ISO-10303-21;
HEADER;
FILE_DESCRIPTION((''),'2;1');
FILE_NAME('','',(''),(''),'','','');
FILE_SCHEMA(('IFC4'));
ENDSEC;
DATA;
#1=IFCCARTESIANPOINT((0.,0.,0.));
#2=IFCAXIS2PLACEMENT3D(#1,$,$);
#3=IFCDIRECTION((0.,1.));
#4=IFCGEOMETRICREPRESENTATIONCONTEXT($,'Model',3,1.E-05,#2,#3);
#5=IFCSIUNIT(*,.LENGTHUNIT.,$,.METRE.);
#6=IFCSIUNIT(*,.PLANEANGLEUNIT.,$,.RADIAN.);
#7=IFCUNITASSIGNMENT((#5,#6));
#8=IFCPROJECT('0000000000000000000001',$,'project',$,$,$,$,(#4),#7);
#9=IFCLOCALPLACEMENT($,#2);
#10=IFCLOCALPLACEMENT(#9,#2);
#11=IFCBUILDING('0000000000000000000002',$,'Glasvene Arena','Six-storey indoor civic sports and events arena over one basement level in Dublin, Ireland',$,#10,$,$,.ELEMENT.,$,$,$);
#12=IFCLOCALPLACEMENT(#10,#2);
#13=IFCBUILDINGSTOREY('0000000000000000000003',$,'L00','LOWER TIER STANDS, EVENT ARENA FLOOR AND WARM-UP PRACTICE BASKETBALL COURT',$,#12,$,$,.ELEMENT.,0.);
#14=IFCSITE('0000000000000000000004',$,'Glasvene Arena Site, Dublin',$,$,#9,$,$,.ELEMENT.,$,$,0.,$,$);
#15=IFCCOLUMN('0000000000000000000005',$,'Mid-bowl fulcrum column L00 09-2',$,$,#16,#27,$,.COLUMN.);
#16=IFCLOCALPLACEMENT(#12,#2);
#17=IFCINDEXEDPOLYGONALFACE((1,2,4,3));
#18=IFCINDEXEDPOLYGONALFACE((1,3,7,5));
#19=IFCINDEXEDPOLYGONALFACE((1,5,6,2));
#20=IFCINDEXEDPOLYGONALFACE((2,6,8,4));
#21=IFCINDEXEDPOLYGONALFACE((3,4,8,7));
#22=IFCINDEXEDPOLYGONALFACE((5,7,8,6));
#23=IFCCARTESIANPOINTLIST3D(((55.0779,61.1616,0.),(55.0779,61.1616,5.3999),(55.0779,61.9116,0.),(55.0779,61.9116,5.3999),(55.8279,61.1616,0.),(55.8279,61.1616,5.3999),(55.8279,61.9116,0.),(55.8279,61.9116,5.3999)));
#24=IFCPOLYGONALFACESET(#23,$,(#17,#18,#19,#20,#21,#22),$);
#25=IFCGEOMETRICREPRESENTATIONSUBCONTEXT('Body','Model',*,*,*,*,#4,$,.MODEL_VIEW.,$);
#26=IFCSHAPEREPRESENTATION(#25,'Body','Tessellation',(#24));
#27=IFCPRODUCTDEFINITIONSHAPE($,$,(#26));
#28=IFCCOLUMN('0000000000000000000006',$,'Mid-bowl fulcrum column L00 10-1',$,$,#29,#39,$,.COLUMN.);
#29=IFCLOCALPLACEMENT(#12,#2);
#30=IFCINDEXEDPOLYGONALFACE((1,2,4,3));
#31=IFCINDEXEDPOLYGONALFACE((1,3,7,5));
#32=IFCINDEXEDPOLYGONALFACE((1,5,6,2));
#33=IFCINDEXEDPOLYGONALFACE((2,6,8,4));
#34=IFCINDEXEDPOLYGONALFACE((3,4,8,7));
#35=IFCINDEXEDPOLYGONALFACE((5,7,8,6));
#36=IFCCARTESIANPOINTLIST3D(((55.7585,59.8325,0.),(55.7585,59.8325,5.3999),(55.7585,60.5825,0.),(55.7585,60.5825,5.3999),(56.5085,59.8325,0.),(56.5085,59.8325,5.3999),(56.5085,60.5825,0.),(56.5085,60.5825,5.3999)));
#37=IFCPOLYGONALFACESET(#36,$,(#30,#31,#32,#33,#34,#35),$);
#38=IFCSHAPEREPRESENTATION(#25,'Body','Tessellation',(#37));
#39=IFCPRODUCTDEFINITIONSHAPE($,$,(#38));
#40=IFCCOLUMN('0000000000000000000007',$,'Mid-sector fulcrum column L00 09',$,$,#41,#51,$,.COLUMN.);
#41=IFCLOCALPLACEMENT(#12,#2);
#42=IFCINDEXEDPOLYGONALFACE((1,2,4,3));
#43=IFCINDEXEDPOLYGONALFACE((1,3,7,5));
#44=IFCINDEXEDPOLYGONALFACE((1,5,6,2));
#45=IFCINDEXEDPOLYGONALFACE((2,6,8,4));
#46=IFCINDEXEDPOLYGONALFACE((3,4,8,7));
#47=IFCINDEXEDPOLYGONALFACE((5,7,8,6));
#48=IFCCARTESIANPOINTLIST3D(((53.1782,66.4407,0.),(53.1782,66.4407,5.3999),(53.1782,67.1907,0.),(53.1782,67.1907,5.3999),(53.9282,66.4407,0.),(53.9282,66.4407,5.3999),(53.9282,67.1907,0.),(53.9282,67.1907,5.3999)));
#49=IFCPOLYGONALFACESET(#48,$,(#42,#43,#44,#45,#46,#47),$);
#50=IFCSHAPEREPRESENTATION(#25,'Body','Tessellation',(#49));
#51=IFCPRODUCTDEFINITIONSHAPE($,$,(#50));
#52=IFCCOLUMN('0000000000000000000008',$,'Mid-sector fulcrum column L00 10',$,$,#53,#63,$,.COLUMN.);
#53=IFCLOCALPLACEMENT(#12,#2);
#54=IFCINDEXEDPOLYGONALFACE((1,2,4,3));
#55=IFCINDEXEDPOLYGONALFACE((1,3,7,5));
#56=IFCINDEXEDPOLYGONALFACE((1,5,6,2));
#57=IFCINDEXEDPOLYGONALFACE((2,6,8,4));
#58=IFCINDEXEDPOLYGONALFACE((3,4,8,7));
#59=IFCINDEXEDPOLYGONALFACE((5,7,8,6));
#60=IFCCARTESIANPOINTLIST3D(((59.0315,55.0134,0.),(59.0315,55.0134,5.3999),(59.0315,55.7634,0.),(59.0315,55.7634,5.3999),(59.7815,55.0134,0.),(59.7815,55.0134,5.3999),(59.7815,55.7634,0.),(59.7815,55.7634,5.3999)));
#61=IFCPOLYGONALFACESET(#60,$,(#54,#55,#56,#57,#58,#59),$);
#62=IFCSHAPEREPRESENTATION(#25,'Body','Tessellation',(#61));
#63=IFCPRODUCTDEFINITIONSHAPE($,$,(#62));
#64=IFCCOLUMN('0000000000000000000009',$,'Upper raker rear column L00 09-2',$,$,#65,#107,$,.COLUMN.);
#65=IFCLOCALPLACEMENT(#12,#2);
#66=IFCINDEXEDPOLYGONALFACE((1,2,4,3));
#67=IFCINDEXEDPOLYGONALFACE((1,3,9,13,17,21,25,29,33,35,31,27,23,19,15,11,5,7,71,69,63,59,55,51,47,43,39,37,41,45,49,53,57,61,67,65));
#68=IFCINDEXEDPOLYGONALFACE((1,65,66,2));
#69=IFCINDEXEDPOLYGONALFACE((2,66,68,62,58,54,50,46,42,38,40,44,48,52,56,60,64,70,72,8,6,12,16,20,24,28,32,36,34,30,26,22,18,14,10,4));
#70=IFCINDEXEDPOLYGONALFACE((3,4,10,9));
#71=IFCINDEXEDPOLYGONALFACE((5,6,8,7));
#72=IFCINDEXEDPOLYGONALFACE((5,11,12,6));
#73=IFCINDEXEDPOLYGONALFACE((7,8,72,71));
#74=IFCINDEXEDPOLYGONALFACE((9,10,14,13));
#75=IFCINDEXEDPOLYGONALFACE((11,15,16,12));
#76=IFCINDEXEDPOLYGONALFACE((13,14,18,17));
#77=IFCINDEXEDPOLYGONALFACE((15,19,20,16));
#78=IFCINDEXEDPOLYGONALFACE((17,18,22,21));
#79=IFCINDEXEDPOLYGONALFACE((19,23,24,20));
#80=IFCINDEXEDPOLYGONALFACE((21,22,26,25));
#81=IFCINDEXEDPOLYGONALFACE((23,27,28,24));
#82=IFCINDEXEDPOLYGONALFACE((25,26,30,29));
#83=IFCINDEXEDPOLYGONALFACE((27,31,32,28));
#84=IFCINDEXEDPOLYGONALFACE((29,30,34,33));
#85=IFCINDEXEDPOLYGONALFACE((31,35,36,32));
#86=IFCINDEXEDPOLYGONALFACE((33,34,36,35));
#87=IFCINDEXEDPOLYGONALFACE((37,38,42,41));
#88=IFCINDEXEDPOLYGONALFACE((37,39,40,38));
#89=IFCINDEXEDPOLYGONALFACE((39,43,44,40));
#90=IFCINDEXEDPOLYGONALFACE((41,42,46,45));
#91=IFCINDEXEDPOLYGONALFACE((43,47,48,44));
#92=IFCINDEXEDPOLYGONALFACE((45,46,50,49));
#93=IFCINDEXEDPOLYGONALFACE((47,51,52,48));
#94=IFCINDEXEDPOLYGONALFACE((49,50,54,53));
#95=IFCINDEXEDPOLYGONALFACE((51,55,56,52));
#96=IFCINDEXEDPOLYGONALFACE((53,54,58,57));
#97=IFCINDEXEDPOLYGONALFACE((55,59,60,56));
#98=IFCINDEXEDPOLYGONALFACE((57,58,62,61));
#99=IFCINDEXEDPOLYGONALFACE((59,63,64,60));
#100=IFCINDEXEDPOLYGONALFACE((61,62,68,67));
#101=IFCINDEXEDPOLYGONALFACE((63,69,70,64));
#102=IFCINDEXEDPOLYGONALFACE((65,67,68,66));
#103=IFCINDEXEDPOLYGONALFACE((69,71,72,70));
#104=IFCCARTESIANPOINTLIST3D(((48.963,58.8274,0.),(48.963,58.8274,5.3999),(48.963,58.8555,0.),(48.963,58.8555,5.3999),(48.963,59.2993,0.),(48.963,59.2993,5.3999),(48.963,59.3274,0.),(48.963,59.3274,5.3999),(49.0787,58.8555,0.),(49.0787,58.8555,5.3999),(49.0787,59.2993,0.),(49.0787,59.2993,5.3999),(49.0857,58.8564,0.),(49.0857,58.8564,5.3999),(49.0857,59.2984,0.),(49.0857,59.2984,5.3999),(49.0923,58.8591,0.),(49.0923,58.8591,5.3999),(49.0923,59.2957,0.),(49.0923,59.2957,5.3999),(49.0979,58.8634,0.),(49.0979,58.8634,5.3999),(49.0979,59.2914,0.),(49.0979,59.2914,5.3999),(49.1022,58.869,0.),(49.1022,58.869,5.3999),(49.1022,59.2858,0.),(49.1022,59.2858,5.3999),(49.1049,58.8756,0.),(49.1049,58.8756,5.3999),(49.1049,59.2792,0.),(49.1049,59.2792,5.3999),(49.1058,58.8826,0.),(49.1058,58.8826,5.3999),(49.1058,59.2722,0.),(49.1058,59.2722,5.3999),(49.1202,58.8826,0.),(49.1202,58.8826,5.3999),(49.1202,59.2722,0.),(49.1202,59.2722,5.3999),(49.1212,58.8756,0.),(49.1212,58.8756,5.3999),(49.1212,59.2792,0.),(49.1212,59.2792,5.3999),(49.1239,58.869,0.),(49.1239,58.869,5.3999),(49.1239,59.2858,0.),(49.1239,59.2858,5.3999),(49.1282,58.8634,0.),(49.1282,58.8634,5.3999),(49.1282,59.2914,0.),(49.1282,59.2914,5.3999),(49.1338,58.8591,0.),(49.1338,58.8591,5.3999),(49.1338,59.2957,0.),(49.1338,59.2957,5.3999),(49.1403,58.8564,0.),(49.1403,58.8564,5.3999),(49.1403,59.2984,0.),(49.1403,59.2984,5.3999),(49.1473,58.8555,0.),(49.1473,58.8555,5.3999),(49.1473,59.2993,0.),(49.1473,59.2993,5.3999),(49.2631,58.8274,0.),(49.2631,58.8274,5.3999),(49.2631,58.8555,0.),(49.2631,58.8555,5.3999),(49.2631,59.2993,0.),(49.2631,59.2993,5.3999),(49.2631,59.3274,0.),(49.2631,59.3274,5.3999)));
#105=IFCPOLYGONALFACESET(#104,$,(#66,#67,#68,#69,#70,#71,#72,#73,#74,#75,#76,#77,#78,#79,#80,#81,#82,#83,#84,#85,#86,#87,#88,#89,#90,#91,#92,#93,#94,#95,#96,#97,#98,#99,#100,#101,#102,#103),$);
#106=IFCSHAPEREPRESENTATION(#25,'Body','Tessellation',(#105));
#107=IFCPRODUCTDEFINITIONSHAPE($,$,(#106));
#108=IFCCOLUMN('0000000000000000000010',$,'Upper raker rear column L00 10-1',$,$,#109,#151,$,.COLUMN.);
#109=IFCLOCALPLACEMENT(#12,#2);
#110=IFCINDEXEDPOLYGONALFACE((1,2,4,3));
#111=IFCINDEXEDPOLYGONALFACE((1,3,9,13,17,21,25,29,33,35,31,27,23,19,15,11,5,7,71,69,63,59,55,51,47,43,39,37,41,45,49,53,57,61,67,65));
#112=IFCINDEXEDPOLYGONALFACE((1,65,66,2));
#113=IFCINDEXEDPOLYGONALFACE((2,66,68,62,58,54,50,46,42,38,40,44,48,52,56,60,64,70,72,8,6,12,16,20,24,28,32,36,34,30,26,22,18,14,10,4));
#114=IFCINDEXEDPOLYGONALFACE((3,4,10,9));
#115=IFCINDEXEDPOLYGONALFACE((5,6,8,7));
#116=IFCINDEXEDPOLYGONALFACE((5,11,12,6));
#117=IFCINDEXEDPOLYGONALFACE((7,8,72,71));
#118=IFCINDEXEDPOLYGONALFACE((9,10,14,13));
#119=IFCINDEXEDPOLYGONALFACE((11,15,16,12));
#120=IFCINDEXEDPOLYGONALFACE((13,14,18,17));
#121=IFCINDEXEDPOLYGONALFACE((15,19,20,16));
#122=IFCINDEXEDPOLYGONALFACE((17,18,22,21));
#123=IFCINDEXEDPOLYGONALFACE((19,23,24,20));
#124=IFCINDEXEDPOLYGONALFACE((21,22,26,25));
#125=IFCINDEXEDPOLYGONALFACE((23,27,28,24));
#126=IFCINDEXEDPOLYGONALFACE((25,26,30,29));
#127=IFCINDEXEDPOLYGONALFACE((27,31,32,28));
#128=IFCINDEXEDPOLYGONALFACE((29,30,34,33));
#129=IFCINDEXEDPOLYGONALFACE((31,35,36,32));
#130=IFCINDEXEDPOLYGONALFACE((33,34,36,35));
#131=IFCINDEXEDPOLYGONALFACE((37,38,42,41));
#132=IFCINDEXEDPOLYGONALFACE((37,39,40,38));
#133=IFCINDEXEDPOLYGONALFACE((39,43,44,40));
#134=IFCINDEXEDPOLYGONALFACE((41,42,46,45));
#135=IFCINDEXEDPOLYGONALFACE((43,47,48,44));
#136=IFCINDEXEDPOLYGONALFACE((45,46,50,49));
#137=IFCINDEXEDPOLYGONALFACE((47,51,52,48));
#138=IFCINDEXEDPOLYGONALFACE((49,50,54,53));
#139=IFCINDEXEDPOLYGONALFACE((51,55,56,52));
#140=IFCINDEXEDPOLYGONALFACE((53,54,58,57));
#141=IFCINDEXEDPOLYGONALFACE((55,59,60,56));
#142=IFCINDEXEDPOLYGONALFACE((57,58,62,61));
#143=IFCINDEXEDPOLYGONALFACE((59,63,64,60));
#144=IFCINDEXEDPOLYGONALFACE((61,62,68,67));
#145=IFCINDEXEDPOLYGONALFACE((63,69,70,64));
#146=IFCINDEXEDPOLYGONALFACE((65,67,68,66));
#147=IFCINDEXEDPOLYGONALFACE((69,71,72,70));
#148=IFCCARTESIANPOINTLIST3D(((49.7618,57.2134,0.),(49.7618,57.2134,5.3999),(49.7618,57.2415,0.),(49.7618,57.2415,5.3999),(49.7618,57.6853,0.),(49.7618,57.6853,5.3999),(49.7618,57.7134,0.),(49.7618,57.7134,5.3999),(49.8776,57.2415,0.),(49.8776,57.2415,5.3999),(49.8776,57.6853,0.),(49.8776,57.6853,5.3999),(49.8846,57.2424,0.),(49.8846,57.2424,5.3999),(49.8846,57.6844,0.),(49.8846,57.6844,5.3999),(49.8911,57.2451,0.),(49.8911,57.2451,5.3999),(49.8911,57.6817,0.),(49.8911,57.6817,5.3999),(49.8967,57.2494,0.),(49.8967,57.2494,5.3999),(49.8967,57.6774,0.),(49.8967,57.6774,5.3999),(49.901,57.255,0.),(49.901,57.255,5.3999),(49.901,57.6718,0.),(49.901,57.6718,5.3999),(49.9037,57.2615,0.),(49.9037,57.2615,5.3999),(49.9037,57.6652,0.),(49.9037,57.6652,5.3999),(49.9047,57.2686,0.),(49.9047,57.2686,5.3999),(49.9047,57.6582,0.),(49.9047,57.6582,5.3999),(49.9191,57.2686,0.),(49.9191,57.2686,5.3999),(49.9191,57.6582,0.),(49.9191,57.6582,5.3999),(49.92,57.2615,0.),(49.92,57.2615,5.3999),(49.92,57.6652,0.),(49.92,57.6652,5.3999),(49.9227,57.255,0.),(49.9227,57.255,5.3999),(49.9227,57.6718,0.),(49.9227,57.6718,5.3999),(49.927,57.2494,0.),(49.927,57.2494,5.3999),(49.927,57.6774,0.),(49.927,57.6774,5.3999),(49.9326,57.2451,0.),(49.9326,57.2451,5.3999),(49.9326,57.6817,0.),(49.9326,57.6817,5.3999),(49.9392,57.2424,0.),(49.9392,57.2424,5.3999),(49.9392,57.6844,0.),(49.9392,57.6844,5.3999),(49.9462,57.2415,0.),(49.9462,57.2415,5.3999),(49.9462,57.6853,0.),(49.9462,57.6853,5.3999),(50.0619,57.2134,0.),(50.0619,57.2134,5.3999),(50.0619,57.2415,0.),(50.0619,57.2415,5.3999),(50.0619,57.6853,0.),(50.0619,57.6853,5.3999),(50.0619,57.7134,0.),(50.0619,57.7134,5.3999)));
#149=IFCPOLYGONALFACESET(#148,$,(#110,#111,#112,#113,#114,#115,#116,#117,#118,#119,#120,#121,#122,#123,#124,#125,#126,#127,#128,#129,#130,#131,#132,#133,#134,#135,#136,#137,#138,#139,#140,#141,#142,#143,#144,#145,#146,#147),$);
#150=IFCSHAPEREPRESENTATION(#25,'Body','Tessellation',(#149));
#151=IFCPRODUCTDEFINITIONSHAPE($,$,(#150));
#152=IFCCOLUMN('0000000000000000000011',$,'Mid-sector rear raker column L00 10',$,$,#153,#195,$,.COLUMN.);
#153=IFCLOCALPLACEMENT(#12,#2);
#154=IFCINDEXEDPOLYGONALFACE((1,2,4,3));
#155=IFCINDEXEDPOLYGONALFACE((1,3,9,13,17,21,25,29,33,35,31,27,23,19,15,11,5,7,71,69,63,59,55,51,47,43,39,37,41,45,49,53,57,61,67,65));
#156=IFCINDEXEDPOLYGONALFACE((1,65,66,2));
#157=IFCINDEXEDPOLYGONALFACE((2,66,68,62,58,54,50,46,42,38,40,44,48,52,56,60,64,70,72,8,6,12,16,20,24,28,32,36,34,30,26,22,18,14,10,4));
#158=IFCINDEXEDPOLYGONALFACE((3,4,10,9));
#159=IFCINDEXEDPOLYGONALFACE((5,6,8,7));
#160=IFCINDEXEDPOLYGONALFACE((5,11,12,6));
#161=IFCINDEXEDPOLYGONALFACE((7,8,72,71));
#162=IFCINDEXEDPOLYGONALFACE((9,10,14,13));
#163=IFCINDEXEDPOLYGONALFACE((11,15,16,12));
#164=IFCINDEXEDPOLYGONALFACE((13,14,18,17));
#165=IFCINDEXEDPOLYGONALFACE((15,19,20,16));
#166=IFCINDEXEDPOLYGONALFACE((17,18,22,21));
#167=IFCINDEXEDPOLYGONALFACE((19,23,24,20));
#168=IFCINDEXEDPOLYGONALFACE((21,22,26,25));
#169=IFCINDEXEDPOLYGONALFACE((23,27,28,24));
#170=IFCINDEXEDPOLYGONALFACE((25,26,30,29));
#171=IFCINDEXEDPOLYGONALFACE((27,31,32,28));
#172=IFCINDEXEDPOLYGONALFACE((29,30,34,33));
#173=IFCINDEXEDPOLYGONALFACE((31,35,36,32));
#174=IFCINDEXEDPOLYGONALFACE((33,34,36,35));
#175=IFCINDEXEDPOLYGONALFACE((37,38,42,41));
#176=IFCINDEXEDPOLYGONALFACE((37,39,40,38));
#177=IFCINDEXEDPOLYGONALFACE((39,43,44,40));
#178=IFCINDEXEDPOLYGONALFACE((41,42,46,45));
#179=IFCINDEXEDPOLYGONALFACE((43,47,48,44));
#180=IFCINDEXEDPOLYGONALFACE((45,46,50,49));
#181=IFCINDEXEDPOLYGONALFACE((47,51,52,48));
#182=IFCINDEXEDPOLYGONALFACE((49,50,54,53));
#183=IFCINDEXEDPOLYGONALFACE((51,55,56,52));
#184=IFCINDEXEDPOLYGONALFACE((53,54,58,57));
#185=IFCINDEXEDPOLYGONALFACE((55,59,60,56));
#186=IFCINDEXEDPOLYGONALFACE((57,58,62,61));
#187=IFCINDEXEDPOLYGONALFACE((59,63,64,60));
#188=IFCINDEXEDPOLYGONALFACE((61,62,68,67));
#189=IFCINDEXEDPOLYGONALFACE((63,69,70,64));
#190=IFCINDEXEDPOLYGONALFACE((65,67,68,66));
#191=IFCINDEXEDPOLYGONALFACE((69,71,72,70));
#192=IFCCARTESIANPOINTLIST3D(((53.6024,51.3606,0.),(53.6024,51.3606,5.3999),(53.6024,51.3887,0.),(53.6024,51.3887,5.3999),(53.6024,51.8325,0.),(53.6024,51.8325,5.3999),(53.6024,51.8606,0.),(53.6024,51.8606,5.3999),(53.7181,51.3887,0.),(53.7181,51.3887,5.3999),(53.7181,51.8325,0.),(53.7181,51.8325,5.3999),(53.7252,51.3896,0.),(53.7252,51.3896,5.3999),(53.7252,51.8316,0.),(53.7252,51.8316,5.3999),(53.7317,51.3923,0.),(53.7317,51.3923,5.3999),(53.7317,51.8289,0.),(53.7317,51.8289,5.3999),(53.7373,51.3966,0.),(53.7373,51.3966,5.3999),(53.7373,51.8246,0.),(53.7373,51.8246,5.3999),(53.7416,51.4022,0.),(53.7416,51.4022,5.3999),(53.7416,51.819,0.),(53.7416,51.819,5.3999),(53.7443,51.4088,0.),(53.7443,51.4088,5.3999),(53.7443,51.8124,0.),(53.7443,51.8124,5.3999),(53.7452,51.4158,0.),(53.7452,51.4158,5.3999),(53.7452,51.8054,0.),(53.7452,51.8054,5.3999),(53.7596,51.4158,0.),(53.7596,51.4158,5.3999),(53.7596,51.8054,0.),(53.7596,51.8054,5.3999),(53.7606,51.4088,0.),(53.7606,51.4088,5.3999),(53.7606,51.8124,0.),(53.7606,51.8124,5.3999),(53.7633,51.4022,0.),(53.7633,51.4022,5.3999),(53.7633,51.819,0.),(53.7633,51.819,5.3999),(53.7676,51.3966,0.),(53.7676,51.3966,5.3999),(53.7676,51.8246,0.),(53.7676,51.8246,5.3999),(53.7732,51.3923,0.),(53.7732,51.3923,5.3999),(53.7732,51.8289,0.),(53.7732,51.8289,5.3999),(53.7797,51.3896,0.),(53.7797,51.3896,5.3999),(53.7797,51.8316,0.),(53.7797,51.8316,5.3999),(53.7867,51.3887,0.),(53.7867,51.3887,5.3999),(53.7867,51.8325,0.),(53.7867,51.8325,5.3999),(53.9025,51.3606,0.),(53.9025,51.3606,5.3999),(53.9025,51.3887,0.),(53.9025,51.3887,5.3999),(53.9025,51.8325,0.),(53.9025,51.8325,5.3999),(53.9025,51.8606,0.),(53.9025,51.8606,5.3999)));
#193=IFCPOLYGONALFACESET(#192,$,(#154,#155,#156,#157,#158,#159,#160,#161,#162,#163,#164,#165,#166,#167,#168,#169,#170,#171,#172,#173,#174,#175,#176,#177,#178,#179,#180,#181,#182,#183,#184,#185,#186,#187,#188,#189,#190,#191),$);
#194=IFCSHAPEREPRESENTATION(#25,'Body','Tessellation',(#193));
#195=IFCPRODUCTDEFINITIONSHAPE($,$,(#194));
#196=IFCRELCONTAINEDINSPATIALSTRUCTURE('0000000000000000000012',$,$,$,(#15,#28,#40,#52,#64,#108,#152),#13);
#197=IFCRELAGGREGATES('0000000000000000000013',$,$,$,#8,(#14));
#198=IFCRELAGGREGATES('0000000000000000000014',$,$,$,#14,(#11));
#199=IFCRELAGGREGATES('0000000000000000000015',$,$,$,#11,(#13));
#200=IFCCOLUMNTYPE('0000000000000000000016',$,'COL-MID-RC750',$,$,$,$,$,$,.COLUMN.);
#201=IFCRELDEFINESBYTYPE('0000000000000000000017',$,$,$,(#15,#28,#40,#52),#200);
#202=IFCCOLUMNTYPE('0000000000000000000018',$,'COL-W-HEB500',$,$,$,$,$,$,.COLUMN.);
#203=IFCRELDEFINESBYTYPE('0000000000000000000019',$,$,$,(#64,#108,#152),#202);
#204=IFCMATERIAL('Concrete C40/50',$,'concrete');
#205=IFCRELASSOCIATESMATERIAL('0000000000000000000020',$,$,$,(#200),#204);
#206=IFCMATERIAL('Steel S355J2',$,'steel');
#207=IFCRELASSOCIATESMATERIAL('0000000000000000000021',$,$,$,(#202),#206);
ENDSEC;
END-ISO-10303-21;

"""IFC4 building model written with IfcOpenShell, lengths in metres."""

from ifc_helpers import new_model, si_unit, direction, frame, origin, origin_2d, place, context, subcontext, project, spatial, rectangle, i_section, extrude, material, material_profile, profile_set, type_object, element, save


model = new_model("IFC4")

# Units and contexts
model_context = context("Model", 3, precision=1e-05, world=origin(), true_north=direction((0.0, 1.0)))
body_context = subcontext(model_context, "Body", "Model", "MODEL_VIEW")
ifc_project = project(units=[si_unit("LENGTHUNIT", "METRE"), si_unit("PLANEANGLEUNIT", "RADIAN")], contexts=[model_context])

# Site, building, storey
site_placement = place(None, origin())
site = spatial("IfcSite", under=ifc_project, at=site_placement, Name="Glasvene Arena Site, Dublin", CompositionType="ELEMENT", RefElevation=0.0)
building_placement = place(site_placement, origin())
building = spatial("IfcBuilding", under=site, at=building_placement, Name="Glasvene Arena", Description="Six-storey indoor civic sports and events arena over one basement level in Dublin, Ireland", CompositionType="ELEMENT")
storey_placement = place(building_placement, origin())
storey = spatial("IfcBuildingStorey", under=building, at=storey_placement, Name="L00", Description="LOWER TIER STANDS, EVENT ARENA FLOOR AND WARM-UP PRACTICE BASKETBALL COURT", CompositionType="ELEMENT", Elevation=0.0)

# Columns
ifc_material_1 = material(Name="Concrete C40/50", Category="concrete")
ifc_material_profile_1 = material_profile(ifc_material_1, rectangle(XDim=0.75, YDim=0.75, at=origin_2d()), Name="RC 750x750")
ifc_profile_set_1 = profile_set([ifc_material_profile_1], Name="Concrete C40/50")
column_type_1 = type_object("IfcColumnType", Name="COL-MID-RC750", PredefinedType="COLUMN", material=ifc_profile_set_1)
for number, where, z_axis, x_axis, name in (
    (1, (55.4529, 61.5366, 0.0), (0.0, 0.0, 1.0), (1.0, 0.0, 0.0), "Mid-bowl fulcrum column L00 09-2"),
    (2, (56.1335, 60.2075, 0.0), (0.0, 0.0, 1.0), (1.0, 0.0, 0.0), "Mid-bowl fulcrum column L00 10-1"),
    (3, (53.5532, 66.8157, 0.0), (0.0, 0.0, 1.0), (1.0, 0.0, 0.0), "Mid-sector fulcrum column L00 09"),
    (4, (59.4065, 55.3884, 0.0), (0.0, 0.0, 1.0), (1.0, 0.0, 0.0), "Mid-sector fulcrum column L00 10"),
):
    element("IfcColumn", number, at=place(storey_placement, frame(where, z_axis=z_axis, x_axis=x_axis)), inside=storey, type_object=column_type_1, Name=name, PredefinedType="COLUMN", context=body_context, shape_type="SweptSolid", body=[
        extrude(rectangle(XDim=0.75, YDim=0.75, at=origin_2d()), origin(), (0.0, 0.0, 1.0), 5.3999),
    ])
ifc_material_2 = material(Name="Steel S355J2", Category="steel")
ifc_material_profile_2 = material_profile(ifc_material_2, i_section(OverallWidth=0.3, OverallDepth=0.5, WebThickness=0.0144, FlangeThickness=0.0281, FilletRadius=0.0271, at=origin_2d()), Name="HEB 500")
ifc_profile_set_2 = profile_set([ifc_material_profile_2], Name="Steel S355J2")
column_type_2 = type_object("IfcColumnType", Name="COL-W-HEB500", PredefinedType="COLUMN", material=ifc_profile_set_2)
for number, where, z_axis, x_axis, name in (
    (5, (49.113, 59.0774, 0.0), (0.0, 0.0, 1.0), (1.0, 0.0, 0.0), "Upper raker rear column L00 09-2"),
    (6, (49.9119, 57.4634, 0.0), (0.0, 0.0, 1.0), (1.0, 0.0, 0.0), "Upper raker rear column L00 10-1"),
    (7, (53.7524, 51.6106, 0.0), (0.0, 0.0, 1.0), (1.0, 0.0, 0.0), "Mid-sector rear raker column L00 10"),
):
    element("IfcColumn", number, at=place(storey_placement, frame(where, z_axis=z_axis, x_axis=x_axis)), inside=storey, type_object=column_type_2, Name=name, PredefinedType="COLUMN", context=body_context, shape_type="SweptSolid", body=[
        extrude(i_section(OverallWidth=0.3, OverallDepth=0.5, WebThickness=0.0144, FlangeThickness=0.0281, FilletRadius=0.0271, at=origin_2d()), origin(), (0.0, 0.0, 1.0), 5.3999),
    ])

save(model, "model.ifc")
